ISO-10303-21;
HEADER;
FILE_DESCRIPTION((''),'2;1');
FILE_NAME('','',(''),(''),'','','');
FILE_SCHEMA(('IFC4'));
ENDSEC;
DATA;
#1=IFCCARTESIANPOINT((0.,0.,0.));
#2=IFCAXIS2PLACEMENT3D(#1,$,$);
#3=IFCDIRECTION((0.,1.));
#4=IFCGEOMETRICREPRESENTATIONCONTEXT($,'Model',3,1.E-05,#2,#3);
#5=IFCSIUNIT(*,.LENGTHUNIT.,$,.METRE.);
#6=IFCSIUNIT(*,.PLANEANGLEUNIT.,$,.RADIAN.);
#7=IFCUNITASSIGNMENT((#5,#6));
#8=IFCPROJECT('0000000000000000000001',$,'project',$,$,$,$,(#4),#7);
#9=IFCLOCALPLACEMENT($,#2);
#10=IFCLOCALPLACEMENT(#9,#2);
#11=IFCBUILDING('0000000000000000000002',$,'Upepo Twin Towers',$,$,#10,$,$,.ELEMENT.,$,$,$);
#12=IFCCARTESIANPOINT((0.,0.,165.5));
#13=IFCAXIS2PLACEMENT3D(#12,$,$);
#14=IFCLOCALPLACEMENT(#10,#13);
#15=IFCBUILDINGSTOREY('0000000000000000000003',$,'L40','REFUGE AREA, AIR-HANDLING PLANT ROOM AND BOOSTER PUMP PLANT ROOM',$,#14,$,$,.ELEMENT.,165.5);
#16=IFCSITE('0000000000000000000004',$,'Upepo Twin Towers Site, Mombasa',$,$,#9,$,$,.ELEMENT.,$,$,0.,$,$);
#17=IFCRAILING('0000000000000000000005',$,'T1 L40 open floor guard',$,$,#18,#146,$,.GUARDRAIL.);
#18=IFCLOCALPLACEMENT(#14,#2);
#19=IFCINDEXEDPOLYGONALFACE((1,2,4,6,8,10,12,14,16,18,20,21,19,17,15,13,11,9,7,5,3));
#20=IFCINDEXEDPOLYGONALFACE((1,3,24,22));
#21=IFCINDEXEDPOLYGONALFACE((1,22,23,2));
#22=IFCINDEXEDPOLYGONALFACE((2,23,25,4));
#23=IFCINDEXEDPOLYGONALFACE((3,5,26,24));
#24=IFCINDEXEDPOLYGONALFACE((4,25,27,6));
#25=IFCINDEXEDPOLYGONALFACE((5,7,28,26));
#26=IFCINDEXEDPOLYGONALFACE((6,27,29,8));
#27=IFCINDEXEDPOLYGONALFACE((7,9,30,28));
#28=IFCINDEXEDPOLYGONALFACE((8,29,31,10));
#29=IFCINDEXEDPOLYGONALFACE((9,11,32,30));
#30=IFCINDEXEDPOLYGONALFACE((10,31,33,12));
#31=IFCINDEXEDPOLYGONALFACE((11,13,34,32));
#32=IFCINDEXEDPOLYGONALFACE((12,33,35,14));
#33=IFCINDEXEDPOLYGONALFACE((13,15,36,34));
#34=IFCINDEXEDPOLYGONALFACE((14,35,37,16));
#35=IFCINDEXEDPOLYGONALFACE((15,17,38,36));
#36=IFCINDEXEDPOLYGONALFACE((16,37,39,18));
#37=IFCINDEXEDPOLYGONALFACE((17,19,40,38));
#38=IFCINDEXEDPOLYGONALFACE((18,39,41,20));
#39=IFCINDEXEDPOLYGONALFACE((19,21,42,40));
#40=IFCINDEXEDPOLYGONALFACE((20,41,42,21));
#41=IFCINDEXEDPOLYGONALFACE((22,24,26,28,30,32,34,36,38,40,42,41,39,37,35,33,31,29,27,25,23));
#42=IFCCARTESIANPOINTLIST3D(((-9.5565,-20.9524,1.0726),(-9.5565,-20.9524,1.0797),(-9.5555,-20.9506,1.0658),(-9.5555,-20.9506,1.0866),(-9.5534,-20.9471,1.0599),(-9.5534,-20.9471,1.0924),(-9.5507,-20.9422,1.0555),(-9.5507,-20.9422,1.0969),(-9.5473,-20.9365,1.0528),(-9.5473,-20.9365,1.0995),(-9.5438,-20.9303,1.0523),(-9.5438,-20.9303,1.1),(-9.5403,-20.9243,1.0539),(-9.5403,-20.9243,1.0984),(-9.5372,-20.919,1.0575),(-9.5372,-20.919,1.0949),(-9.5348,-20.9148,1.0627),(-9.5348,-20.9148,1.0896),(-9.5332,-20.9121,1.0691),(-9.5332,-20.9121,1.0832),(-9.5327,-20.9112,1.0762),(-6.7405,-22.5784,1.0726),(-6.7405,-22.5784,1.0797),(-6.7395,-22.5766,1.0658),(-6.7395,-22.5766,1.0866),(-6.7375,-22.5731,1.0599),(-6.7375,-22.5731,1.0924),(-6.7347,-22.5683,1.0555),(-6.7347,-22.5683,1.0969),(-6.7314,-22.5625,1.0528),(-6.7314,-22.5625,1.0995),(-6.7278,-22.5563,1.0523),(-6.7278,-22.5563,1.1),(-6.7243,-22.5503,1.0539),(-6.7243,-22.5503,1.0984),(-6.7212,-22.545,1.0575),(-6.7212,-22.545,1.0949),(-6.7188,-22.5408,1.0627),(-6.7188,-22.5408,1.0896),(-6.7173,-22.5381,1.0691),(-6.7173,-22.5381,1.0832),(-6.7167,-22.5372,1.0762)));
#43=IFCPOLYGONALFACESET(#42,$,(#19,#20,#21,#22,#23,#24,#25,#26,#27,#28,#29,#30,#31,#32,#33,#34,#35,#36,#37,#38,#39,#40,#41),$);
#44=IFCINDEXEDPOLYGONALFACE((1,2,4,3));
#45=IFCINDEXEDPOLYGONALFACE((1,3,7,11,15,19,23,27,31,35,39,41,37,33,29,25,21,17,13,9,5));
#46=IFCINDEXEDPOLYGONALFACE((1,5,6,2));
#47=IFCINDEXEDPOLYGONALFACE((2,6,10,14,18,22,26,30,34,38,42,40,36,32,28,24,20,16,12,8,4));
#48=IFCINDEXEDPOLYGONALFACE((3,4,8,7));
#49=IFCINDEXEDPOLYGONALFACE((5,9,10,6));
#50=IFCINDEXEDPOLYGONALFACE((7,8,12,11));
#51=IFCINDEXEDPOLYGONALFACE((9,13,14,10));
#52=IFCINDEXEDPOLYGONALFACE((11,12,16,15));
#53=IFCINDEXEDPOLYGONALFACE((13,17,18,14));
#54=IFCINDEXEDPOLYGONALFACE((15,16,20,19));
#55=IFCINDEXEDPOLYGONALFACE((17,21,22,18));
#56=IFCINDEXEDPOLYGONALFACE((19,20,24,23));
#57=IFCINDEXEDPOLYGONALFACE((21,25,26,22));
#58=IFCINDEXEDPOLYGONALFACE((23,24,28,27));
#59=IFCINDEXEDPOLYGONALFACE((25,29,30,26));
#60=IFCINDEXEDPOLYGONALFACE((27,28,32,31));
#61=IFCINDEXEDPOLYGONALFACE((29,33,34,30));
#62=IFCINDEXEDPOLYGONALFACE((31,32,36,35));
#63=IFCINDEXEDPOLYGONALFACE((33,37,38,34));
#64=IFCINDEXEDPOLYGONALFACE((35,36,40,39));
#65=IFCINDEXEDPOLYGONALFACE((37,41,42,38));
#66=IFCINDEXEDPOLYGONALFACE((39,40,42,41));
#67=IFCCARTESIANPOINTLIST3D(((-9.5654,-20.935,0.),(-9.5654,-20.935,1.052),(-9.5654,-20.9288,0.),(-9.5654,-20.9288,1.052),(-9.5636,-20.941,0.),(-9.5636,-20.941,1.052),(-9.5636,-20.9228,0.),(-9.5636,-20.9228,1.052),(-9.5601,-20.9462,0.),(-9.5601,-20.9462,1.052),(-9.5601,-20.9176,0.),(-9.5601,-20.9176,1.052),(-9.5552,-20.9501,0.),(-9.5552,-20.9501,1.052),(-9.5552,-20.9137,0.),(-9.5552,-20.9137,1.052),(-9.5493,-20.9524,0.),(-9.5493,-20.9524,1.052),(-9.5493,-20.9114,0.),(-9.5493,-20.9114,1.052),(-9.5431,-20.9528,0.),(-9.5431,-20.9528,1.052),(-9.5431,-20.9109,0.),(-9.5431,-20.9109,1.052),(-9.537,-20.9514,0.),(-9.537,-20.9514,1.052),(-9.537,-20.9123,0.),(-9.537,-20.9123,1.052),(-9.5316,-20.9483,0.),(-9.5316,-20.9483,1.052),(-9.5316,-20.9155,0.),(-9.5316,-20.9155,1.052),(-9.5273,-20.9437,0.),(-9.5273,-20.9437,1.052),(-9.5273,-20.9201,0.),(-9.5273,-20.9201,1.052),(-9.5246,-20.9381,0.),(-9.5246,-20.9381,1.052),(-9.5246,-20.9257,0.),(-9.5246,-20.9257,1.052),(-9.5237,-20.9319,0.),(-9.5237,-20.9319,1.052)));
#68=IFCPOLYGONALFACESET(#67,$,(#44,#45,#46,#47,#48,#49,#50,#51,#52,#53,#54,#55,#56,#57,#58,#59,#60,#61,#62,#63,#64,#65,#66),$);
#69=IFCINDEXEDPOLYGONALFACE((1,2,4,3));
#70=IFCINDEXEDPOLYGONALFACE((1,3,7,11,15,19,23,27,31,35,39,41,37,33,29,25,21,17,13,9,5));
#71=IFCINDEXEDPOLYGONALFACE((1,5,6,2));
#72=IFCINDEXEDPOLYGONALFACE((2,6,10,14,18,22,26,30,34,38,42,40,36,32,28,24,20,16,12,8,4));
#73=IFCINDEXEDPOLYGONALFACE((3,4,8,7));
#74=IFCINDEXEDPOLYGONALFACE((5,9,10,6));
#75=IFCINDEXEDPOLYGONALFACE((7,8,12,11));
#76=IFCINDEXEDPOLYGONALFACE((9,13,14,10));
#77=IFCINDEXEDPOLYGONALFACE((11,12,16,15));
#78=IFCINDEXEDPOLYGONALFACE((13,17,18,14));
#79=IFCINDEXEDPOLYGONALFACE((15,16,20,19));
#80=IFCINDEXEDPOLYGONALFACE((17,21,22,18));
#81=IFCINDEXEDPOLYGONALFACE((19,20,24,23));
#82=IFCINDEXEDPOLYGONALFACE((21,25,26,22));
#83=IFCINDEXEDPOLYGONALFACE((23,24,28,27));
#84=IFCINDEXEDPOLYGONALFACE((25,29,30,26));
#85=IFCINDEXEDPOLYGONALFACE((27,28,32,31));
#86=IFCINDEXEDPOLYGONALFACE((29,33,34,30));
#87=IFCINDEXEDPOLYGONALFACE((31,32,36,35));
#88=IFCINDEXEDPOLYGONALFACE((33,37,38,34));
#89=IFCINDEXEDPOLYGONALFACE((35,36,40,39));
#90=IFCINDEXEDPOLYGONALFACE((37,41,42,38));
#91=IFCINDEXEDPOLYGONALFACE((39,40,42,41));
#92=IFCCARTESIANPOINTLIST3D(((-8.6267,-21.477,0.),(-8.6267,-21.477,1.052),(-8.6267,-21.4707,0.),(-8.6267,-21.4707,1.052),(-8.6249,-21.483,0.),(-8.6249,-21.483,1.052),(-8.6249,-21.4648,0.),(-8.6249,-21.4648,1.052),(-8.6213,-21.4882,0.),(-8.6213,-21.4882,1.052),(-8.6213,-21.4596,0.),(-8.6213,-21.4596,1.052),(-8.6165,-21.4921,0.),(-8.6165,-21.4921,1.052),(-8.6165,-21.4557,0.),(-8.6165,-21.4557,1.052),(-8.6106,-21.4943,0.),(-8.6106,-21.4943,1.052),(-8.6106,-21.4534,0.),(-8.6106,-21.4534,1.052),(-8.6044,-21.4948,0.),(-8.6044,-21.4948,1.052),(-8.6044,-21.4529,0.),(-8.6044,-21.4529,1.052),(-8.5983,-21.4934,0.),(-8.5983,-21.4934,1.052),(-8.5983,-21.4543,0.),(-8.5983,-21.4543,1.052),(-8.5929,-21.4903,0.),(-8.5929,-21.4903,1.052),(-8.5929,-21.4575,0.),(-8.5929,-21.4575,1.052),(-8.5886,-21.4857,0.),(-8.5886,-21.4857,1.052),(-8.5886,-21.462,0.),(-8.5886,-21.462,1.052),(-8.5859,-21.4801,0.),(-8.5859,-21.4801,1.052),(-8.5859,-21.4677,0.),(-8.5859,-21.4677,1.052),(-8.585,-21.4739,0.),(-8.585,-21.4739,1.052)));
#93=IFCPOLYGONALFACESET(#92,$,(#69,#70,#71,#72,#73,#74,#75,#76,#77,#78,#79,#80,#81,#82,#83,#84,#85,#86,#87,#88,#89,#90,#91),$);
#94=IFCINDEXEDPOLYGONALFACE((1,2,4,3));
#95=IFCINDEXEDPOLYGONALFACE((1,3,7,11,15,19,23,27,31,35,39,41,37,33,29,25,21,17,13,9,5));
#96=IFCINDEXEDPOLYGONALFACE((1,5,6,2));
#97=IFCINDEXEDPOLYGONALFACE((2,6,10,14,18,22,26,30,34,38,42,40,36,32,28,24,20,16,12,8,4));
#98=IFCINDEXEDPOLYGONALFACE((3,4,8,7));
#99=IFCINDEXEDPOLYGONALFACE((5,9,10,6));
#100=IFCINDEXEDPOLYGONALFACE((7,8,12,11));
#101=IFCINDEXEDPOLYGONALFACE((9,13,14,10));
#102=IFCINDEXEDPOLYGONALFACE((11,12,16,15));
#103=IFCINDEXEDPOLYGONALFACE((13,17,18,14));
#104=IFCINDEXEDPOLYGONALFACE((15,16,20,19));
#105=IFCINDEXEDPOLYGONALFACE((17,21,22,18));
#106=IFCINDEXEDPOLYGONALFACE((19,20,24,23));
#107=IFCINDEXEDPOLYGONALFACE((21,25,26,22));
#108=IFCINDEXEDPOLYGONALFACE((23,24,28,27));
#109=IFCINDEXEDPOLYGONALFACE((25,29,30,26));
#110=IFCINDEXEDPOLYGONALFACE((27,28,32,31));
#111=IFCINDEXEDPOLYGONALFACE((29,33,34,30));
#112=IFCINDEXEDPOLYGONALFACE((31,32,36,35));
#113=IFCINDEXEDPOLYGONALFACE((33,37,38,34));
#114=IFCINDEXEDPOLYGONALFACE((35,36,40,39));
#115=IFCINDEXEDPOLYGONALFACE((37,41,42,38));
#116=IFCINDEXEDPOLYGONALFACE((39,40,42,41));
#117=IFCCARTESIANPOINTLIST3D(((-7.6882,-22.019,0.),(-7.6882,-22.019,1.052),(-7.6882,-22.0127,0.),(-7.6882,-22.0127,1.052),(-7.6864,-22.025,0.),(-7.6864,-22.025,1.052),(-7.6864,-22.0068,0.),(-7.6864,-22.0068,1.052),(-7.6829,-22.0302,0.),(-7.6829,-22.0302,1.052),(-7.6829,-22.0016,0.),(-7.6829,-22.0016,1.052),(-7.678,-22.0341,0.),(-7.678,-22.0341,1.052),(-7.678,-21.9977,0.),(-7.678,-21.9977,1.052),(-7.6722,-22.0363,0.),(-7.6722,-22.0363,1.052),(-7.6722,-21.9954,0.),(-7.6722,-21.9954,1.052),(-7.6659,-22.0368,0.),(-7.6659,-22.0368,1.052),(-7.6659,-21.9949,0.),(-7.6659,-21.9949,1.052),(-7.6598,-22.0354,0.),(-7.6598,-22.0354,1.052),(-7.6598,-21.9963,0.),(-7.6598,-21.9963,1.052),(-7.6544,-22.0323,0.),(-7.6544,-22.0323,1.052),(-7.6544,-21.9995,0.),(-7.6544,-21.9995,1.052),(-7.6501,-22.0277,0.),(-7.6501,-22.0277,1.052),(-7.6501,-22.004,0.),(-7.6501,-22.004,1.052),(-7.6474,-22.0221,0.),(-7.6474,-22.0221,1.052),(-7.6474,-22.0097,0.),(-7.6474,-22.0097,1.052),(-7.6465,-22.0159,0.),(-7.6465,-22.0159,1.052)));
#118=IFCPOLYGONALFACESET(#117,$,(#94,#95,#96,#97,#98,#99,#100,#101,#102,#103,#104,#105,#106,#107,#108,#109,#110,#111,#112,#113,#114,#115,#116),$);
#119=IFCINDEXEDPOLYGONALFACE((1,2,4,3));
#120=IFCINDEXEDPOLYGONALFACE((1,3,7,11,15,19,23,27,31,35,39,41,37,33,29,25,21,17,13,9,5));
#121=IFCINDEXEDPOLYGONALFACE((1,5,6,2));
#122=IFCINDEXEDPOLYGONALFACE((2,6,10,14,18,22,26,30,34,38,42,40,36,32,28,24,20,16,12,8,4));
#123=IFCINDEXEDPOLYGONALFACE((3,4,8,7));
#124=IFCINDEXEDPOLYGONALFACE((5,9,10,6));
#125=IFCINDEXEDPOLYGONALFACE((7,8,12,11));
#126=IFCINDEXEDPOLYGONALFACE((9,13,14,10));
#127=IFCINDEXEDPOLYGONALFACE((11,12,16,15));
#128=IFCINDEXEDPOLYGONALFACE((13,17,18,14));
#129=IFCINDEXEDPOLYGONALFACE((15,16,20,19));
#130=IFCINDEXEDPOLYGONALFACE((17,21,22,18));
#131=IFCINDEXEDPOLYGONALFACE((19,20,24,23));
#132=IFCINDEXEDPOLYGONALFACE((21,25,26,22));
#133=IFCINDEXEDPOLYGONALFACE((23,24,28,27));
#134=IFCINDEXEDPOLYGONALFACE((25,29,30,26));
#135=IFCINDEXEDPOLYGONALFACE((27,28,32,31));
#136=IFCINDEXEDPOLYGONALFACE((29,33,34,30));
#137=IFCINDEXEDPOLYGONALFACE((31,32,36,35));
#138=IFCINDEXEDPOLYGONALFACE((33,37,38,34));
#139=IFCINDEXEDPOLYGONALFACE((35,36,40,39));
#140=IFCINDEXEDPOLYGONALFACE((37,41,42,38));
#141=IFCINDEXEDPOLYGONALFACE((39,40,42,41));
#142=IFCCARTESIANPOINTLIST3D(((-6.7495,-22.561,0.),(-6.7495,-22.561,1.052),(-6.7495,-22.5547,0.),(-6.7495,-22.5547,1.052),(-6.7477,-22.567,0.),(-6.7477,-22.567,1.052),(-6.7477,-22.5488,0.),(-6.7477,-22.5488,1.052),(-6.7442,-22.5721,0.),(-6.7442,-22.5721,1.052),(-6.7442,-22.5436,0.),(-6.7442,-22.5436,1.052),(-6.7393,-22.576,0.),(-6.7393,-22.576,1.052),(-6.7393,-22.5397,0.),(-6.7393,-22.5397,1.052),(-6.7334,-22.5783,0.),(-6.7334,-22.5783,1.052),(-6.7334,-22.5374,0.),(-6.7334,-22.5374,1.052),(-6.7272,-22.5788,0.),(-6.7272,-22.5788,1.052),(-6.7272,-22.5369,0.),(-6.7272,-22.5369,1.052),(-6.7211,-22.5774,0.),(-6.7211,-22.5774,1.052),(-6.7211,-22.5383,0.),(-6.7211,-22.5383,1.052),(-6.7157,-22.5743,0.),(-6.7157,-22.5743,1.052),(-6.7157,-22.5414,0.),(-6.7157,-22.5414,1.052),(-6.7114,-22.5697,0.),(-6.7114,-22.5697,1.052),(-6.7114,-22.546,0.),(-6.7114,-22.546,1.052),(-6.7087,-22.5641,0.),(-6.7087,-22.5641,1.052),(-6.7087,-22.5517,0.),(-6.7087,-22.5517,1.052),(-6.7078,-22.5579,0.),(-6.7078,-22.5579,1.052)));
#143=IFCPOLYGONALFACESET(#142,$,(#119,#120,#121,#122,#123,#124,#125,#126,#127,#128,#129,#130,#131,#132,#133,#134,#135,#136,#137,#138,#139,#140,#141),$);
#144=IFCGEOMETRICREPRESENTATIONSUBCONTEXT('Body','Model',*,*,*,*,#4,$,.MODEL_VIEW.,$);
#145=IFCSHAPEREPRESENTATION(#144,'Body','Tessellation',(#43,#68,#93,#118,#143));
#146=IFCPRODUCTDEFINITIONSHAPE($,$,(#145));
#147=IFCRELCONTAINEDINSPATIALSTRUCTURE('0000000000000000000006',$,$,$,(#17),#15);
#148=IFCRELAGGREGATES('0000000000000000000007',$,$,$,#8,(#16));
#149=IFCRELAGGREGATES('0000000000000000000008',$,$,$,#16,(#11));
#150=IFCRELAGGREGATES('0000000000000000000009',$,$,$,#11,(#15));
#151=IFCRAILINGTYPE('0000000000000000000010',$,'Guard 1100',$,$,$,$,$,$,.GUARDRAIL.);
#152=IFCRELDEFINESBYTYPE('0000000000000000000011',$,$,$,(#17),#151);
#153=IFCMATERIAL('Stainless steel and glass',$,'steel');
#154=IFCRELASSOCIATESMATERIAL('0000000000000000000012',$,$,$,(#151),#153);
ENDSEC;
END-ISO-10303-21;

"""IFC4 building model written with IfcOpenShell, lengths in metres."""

from ifc_helpers import new_model, si_unit, direction, frame, origin, origin_2d, place, context, subcontext, project, spatial, circle, extrude, material, type_object, element, save


model = new_model("IFC4")

# Units and contexts
model_context = context("Model", 3, precision=1e-05, world=origin(), true_north=direction((0.0, 1.0)))
body_context = subcontext(model_context, "Body", "Model", "MODEL_VIEW")
ifc_project = project(units=[si_unit("LENGTHUNIT", "METRE"), si_unit("PLANEANGLEUNIT", "RADIAN")], contexts=[model_context])

# Site, building, storey
site_placement = place(None, origin())
site = spatial("IfcSite", under=ifc_project, at=site_placement, Name="Upepo Twin Towers Site, Mombasa", CompositionType="ELEMENT", RefElevation=0.0)
building_placement = place(site_placement, origin())
building = spatial("IfcBuilding", under=site, at=building_placement, Name="Upepo Twin Towers", CompositionType="ELEMENT")
storey_placement = place(building_placement, frame((0.0, 0.0, 165.5)))
storey = spatial("IfcBuildingStorey", under=building, at=storey_placement, Name="L40", Description="REFUGE AREA, AIR-HANDLING PLANT ROOM AND BOOSTER PUMP PLANT ROOM", CompositionType="ELEMENT", Elevation=165.5)

# Railing
ifc_material_1 = material(Name="Stainless steel and glass", Category="steel")
railing_type = type_object("IfcRailingType", Name="Guard 1100", PredefinedType="GUARDRAIL", material=ifc_material_1)
railing_1_placement = place(storey_placement, frame((-9.5447, -20.9319, 0.0)))
element("IfcRailing", 1, at=railing_1_placement, inside=storey, type_object=railing_type, Name="T1 L40 open floor guard", PredefinedType="GUARDRAIL", context=body_context, shape_type="SweptSolid", body=[
    extrude(circle(Radius=0.0239, at=origin_2d()), frame((0.0, 0.0, 1.0762), z_axis=(0.865998, -0.500047, 0.0), x_axis=(0.500047, 0.865998, 0.0)), (0.0, 0.0, 1.0), 3.2517),
    extrude(circle(Radius=0.021, at=origin_2d()), origin(), (0.0, 0.0, 1.0), 1.052),
    extrude(circle(Radius=0.021, at=origin_2d()), frame((0.9387, -0.542, 0.0)), (0.0, 0.0, 1.0), 1.052),
    extrude(circle(Radius=0.021, at=origin_2d()), frame((1.8772, -1.084, 0.0)), (0.0, 0.0, 1.0), 1.052),
    extrude(circle(Radius=0.021, at=origin_2d()), frame((2.8159, -1.626, 0.0)), (0.0, 0.0, 1.0), 1.052),
])

save(model, "model.ifc")
